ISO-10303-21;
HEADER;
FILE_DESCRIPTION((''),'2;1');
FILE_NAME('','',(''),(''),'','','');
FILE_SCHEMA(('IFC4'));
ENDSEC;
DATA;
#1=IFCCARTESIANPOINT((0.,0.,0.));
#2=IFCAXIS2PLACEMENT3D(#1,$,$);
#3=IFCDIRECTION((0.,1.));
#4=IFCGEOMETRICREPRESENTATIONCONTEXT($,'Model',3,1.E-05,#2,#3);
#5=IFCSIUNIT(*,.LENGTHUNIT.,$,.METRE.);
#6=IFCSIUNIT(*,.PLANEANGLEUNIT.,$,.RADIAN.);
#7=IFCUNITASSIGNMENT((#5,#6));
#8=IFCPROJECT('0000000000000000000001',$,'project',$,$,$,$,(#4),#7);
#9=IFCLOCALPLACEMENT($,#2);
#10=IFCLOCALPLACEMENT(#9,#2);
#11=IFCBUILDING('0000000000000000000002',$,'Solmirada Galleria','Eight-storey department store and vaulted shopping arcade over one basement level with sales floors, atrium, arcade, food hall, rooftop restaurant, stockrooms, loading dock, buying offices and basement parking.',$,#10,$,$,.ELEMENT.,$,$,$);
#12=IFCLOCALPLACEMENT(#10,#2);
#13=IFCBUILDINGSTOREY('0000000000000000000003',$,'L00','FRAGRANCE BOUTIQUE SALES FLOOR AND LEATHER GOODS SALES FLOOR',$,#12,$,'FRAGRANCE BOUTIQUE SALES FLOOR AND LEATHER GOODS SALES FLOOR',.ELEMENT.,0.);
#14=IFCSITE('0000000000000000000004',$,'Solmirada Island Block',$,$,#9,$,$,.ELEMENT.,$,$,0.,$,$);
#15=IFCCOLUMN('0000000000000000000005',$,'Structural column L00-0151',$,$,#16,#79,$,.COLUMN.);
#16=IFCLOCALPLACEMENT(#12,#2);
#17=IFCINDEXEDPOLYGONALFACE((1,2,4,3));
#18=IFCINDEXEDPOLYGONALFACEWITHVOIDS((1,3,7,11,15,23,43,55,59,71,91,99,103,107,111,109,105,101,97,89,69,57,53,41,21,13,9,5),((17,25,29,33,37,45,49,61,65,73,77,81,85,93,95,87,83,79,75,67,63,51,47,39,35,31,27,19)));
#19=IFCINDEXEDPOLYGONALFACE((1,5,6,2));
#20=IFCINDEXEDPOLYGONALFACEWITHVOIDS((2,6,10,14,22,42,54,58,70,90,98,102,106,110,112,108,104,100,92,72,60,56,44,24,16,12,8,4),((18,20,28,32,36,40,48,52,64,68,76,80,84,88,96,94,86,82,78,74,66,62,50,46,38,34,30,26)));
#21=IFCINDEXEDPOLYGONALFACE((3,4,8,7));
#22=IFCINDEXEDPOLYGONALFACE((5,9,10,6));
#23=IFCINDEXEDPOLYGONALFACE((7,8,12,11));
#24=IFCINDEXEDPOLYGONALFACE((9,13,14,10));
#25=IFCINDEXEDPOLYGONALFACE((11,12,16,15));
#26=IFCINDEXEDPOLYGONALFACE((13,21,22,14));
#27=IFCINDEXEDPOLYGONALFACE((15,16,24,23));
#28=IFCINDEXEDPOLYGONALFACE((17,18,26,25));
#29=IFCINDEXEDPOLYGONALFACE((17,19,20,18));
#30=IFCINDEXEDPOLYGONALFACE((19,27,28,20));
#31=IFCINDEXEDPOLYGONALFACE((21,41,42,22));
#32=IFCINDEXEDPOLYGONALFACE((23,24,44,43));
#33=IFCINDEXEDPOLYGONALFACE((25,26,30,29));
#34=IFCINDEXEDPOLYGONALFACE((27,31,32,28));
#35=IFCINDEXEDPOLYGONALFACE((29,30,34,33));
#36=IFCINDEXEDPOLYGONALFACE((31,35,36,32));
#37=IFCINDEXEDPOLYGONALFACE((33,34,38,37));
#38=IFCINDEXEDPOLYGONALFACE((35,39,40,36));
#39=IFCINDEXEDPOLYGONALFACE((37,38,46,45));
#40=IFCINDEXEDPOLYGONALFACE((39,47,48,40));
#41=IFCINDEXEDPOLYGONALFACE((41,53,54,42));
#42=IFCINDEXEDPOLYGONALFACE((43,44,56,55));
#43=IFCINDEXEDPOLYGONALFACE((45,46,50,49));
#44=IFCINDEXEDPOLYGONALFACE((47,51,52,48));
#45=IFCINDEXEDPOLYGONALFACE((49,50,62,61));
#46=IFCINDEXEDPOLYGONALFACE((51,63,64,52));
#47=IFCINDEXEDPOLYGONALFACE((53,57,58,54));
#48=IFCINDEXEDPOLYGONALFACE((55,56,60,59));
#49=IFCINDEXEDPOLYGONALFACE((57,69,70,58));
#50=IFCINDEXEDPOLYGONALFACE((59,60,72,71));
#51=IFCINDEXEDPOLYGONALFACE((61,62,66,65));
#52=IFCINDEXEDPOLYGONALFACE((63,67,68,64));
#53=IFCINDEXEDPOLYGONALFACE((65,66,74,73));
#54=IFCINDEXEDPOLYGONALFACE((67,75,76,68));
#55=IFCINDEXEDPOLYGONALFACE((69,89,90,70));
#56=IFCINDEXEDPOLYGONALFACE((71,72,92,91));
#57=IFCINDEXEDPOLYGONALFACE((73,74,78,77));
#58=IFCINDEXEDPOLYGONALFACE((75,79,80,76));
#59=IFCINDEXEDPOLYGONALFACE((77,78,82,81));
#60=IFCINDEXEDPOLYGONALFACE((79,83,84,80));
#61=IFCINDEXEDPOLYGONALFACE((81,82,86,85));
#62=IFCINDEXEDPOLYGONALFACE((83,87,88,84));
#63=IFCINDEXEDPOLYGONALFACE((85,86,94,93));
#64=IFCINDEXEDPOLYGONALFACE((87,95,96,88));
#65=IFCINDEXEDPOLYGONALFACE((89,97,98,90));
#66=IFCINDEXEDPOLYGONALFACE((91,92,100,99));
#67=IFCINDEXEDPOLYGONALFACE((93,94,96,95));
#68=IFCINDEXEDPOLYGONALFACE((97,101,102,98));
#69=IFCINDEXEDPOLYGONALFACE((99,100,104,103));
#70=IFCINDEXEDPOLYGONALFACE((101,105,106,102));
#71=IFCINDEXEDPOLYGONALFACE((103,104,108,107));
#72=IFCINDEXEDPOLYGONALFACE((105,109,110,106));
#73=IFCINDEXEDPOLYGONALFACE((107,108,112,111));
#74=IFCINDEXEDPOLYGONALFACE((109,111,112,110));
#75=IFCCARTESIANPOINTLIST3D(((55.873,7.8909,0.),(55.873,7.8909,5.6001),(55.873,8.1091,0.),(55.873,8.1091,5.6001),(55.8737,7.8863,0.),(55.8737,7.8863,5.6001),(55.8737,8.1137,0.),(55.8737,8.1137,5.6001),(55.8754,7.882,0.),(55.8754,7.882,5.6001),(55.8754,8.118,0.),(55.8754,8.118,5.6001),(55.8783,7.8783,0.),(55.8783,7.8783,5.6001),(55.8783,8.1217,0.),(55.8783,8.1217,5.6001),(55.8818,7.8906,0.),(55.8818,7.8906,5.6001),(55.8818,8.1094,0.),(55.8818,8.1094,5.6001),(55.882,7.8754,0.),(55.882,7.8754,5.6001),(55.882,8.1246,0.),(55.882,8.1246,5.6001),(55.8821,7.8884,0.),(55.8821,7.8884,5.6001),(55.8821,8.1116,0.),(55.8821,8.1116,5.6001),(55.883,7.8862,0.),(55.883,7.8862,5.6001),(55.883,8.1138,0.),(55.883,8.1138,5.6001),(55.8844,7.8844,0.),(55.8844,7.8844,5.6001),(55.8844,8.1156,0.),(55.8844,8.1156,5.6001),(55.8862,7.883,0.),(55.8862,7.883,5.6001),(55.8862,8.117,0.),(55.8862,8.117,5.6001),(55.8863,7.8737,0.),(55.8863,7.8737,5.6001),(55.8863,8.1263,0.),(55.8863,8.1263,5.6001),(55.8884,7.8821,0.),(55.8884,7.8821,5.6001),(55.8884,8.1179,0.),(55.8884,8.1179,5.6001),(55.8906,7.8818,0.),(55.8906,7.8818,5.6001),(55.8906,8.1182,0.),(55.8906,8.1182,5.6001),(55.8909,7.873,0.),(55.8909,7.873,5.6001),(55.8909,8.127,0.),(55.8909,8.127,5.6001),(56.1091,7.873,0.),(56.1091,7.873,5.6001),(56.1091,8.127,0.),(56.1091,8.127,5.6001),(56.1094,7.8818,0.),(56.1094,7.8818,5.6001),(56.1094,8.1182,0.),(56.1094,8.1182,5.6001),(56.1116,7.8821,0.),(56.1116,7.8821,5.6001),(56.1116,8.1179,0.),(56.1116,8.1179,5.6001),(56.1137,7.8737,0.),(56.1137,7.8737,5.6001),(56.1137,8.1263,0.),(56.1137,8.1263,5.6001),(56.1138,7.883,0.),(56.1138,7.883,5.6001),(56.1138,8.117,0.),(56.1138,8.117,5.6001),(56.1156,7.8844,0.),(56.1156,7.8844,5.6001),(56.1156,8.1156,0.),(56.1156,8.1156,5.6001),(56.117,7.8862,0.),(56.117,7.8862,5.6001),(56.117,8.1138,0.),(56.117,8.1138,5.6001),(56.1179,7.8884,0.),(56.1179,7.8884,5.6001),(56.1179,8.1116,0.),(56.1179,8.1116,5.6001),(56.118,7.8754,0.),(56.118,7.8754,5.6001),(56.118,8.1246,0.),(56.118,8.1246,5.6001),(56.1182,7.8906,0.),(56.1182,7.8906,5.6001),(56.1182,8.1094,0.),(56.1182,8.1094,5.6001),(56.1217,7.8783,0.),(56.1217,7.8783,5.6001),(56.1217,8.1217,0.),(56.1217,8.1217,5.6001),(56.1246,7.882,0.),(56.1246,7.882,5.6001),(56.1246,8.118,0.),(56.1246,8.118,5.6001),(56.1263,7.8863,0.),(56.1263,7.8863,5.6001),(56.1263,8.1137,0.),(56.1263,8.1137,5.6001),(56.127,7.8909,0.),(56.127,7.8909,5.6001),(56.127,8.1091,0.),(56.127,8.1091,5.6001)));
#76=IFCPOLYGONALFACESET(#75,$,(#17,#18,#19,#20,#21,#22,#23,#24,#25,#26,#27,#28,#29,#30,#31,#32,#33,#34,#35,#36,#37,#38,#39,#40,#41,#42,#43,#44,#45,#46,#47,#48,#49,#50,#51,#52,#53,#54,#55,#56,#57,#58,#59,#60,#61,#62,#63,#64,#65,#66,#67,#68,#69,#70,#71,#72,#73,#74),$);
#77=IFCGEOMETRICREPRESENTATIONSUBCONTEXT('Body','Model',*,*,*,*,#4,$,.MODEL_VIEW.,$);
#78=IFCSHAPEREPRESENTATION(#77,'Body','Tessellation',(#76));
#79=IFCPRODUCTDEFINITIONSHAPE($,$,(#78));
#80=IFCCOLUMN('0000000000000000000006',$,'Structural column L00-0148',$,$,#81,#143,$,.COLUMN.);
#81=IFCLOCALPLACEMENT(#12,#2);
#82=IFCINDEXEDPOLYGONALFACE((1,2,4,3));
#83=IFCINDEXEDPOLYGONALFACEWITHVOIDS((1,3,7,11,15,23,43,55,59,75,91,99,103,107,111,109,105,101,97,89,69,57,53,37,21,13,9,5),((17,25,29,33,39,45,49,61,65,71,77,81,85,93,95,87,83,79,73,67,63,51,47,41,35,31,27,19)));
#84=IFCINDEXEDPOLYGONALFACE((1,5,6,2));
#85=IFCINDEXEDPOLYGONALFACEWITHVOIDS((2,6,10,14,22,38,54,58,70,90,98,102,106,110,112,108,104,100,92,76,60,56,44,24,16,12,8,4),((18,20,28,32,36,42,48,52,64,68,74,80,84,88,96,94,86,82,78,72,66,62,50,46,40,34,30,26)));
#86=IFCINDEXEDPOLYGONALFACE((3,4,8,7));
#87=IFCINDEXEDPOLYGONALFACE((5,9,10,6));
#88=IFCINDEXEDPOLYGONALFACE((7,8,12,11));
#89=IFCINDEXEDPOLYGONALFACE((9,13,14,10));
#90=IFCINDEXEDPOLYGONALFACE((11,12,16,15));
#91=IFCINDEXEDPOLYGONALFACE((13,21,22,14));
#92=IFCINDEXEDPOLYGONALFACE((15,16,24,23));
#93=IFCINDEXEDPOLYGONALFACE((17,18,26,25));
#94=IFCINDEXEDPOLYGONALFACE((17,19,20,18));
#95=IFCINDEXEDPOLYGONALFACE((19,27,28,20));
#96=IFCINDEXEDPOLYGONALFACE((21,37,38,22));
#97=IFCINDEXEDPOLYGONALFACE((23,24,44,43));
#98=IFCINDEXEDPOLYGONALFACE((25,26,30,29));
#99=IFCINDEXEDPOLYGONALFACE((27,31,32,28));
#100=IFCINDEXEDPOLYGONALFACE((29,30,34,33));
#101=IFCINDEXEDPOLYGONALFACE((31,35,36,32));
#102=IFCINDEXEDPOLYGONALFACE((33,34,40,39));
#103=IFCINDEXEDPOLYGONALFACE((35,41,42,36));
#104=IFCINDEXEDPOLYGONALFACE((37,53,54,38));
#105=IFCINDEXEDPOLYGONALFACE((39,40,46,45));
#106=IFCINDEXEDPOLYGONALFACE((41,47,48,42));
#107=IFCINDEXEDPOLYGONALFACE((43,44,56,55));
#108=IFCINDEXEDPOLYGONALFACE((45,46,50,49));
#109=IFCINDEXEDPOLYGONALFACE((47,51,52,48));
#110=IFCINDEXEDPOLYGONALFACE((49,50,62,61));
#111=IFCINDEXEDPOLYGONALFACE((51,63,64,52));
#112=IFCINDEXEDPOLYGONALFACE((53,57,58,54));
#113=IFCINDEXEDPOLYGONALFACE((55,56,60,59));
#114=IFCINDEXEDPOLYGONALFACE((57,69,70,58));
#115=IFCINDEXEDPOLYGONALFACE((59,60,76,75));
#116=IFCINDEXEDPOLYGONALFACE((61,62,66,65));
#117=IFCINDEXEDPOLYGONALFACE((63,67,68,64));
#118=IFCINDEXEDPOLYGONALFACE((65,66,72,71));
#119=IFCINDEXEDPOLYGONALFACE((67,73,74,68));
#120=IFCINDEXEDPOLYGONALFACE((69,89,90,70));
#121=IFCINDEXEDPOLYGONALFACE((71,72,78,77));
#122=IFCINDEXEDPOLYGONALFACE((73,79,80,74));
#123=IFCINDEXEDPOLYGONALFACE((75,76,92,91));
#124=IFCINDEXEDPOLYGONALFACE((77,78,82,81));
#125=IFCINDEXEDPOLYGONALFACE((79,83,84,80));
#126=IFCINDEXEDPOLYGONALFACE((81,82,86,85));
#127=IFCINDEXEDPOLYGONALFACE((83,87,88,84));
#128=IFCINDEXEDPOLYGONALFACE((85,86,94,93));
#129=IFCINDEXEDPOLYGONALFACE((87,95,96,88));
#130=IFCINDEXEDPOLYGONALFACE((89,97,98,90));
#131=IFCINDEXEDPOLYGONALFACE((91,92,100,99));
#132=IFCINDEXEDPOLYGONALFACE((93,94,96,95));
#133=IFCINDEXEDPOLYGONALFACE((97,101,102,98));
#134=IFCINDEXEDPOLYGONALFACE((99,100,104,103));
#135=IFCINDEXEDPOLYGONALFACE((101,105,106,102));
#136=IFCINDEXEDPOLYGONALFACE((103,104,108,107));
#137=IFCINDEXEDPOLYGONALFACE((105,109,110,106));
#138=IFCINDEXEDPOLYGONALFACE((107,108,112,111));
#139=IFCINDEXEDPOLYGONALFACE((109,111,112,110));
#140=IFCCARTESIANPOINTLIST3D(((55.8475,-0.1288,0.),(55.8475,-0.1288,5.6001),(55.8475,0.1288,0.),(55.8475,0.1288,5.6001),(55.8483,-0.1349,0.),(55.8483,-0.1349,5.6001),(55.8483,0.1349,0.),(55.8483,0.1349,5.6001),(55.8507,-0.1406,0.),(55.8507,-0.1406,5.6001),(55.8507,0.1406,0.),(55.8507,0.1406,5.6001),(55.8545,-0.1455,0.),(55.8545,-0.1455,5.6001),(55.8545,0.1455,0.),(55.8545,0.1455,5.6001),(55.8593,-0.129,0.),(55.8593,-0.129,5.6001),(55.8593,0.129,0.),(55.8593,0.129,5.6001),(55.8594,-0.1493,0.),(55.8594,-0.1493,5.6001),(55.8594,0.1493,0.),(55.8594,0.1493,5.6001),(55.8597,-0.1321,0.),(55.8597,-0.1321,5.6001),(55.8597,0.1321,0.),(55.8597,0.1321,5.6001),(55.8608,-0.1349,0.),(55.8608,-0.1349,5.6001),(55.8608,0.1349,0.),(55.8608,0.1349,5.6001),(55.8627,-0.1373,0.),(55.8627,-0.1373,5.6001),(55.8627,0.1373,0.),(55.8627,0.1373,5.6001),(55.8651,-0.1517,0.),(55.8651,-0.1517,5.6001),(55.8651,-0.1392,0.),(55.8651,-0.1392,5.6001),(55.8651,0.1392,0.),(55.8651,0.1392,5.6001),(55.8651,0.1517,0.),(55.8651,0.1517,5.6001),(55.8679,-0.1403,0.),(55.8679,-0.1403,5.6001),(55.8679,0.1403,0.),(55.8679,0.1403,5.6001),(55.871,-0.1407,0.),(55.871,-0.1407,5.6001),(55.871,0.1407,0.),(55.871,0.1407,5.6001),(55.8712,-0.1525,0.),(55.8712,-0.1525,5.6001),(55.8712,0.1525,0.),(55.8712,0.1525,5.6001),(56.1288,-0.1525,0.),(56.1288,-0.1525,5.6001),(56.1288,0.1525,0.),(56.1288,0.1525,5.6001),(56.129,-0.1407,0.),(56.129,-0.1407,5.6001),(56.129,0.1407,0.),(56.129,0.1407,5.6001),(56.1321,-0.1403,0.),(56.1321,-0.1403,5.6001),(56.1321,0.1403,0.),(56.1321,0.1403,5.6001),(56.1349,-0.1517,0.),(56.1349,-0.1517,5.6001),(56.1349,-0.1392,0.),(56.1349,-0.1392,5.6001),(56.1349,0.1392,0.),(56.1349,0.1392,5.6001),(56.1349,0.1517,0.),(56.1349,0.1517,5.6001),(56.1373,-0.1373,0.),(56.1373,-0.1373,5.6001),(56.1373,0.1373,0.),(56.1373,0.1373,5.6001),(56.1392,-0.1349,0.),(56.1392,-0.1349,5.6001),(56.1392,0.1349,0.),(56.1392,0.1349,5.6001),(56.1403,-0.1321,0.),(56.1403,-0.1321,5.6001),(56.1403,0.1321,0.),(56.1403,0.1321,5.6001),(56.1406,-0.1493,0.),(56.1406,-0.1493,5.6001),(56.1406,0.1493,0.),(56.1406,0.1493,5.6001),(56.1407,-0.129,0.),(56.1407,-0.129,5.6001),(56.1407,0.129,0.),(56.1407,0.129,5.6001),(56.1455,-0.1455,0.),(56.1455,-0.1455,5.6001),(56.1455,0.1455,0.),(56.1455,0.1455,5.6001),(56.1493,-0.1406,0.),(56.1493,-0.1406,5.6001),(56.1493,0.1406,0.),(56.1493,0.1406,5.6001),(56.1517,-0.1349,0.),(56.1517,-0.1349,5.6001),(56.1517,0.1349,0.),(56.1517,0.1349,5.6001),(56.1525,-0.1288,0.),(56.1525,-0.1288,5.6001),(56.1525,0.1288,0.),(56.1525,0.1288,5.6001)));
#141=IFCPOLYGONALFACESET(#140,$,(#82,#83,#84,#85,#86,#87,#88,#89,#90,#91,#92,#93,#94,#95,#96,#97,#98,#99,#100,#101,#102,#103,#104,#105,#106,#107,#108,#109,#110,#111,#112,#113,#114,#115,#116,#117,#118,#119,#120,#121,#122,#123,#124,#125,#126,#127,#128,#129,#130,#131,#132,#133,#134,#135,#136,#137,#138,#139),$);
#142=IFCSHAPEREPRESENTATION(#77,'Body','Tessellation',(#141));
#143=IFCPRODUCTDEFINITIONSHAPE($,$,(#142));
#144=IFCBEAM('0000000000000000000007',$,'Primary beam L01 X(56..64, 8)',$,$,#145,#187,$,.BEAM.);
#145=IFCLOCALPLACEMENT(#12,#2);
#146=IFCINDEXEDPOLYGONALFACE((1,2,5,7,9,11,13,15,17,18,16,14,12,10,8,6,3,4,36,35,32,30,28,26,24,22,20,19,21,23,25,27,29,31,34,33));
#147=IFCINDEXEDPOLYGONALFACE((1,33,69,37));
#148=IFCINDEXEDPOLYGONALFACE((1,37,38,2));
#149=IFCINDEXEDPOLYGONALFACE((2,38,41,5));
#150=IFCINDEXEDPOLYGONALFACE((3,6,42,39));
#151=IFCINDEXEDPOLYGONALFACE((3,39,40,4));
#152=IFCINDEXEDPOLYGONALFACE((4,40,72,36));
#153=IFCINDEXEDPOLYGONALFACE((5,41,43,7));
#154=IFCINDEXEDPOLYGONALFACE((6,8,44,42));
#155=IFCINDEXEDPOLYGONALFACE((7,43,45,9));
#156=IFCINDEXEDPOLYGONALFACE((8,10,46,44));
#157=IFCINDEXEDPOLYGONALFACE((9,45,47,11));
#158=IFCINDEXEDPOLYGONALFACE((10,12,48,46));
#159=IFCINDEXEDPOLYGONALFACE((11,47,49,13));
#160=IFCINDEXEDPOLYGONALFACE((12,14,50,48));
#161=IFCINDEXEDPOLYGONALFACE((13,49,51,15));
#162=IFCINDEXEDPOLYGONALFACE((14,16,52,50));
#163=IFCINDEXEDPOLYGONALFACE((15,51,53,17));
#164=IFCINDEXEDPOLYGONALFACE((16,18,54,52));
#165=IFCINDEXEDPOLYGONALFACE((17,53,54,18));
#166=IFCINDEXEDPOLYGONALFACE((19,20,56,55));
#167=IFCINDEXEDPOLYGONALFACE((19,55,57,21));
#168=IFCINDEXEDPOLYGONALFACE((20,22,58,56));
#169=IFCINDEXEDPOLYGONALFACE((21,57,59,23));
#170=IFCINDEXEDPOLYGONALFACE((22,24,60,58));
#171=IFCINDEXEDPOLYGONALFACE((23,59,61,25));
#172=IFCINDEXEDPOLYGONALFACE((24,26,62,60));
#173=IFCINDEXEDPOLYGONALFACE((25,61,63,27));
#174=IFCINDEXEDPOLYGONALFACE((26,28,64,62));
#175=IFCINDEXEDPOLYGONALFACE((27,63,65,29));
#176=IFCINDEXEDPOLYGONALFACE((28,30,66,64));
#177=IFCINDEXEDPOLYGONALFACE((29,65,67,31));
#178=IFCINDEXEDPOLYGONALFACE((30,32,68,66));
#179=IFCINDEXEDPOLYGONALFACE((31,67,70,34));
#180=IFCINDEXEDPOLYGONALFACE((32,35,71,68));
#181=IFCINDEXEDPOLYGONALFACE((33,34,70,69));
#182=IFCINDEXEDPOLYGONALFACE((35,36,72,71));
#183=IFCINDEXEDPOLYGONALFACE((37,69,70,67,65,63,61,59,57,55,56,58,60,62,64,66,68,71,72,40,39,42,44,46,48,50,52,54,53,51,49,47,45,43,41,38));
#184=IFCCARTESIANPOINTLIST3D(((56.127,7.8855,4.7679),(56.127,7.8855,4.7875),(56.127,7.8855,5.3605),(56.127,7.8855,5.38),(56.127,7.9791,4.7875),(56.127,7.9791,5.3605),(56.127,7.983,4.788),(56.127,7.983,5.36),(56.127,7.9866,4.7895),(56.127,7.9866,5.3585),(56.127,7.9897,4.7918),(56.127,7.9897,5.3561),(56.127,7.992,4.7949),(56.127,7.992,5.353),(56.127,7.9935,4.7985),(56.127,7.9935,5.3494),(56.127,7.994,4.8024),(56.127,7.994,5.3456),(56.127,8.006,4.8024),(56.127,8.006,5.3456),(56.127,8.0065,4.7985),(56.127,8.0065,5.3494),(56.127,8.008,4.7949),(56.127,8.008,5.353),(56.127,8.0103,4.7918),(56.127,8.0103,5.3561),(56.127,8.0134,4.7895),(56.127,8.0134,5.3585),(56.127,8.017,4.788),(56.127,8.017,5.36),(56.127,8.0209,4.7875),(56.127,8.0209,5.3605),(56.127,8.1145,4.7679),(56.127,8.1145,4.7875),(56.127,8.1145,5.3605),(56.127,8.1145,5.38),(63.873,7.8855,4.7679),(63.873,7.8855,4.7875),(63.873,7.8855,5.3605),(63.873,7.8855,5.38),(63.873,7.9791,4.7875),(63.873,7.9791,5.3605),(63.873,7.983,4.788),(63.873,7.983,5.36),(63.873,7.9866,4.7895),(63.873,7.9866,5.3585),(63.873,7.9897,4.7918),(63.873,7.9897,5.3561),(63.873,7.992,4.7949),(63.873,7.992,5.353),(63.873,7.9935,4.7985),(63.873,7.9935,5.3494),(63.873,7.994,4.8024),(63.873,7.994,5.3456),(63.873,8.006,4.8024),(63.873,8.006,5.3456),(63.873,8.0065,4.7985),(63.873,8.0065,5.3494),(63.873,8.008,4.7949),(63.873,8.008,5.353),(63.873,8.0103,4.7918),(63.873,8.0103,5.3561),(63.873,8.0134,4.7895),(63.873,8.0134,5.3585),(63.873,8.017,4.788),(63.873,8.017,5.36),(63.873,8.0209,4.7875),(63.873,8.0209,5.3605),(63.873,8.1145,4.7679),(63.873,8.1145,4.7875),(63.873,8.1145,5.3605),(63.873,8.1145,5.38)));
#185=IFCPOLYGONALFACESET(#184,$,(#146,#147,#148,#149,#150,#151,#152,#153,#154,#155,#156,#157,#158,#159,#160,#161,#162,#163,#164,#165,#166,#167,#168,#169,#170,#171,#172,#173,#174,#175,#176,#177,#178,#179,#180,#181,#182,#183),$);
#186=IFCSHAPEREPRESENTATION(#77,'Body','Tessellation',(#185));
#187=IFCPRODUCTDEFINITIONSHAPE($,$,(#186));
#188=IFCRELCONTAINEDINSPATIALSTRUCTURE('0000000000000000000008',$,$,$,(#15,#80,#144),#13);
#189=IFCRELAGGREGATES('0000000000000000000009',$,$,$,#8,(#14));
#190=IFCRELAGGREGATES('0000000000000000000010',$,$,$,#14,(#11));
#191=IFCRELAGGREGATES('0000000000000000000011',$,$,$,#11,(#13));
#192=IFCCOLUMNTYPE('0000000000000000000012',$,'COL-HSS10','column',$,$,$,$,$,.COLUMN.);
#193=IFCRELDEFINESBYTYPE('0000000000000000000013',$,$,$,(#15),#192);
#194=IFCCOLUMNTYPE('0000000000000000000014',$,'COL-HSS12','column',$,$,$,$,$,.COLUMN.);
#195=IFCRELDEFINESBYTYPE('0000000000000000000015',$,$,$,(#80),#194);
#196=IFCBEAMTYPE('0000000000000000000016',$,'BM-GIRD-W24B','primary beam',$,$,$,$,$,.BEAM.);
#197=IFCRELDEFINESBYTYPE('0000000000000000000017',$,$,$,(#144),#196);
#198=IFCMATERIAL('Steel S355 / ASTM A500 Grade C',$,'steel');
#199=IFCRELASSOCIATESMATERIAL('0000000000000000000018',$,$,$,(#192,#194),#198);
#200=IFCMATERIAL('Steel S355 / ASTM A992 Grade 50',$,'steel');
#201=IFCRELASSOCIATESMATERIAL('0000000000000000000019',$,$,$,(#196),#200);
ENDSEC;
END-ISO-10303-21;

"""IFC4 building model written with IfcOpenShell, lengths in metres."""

from ifc_helpers import new_model, si_unit, direction, frame, origin, origin_2d, place, context, subcontext, project, spatial, hollow_rectangle, i_section, extrude, material, material_profile, profile_set, type_object, element, save


model = new_model("IFC4")

# Units and contexts
model_context = context("Model", 3, precision=1e-05, world=origin(), true_north=direction((0.0, 1.0)))
body_context = subcontext(model_context, "Body", "Model", "MODEL_VIEW")
ifc_project = project(units=[si_unit("LENGTHUNIT", "METRE"), si_unit("PLANEANGLEUNIT", "RADIAN")], contexts=[model_context])

# Site, building, storey
site_placement = place(None, origin())
site = spatial("IfcSite", under=ifc_project, at=site_placement, Name="Solmirada Island Block", CompositionType="ELEMENT", RefElevation=0.0)
building_placement = place(site_placement, origin())
building = spatial("IfcBuilding", under=site, at=building_placement, Name="Solmirada Galleria", Description="Eight-storey department store and vaulted shopping arcade over one basement level with sales floors, atrium, arcade, food hall, rooftop restaurant, stockrooms, loading dock, buying offices and basement parking.", CompositionType="ELEMENT")
storey_placement = place(building_placement, origin())
storey = spatial("IfcBuildingStorey", under=building, at=storey_placement, Name="L00", Description="FRAGRANCE BOUTIQUE SALES FLOOR AND LEATHER GOODS SALES FLOOR", LongName="FRAGRANCE BOUTIQUE SALES FLOOR AND LEATHER GOODS SALES FLOOR", CompositionType="ELEMENT", Elevation=0.0)

# Columns
ifc_material_1 = material(Name="Steel S355 / ASTM A500 Grade C", Category="steel")
ifc_material_profile_1 = material_profile(ifc_material_1, hollow_rectangle(XDim=0.2539, YDim=0.2539, WallThickness=0.0088, InnerFilletRadius=0.0088, OuterFilletRadius=0.0178, at=origin_2d()), Name="HSS10X10X3/8")
ifc_profile_set_1 = profile_set([ifc_material_profile_1], Name="Steel S355 / ASTM A500 Grade C")
column_type_1 = type_object("IfcColumnType", Name="COL-HSS10", Description="column", PredefinedType="COLUMN", material=ifc_profile_set_1)
column_1_placement = place(storey_placement, frame((56.0, 8.0, 0.0), z_axis=(0.0, 0.0, 1.0), x_axis=(1.0, 0.0, 0.0)))
element("IfcColumn", 1, at=column_1_placement, inside=storey, type_object=column_type_1, Name="Structural column L00-0151", PredefinedType="COLUMN", context=body_context, shape_type="SweptSolid", body=[
    extrude(hollow_rectangle(XDim=0.2539, YDim=0.2539, WallThickness=0.0088, InnerFilletRadius=0.0088, OuterFilletRadius=0.0178, at=origin_2d()), origin(), (0.0, 0.0, 1.0), 5.6001),
])
ifc_material_profile_2 = material_profile(ifc_material_1, hollow_rectangle(XDim=0.3049, YDim=0.3049, WallThickness=0.0117, InnerFilletRadius=0.0117, OuterFilletRadius=0.0237, at=origin_2d()), Name="HSS12X12X1/2")
ifc_profile_set_2 = profile_set([ifc_material_profile_2], Name="Steel S355 / ASTM A500 Grade C")
column_type_2 = type_object("IfcColumnType", Name="COL-HSS12", Description="column", PredefinedType="COLUMN", material=ifc_profile_set_2)
column_2_placement = place(storey_placement, frame((56.0, 0.0, 0.0), z_axis=(0.0, 0.0, 1.0), x_axis=(1.0, 0.0, 0.0)))
element("IfcColumn", 2, at=column_2_placement, inside=storey, type_object=column_type_2, Name="Structural column L00-0148", PredefinedType="COLUMN", context=body_context, shape_type="SweptSolid", body=[
    extrude(hollow_rectangle(XDim=0.3049, YDim=0.3049, WallThickness=0.0117, InnerFilletRadius=0.0117, OuterFilletRadius=0.0237, at=origin_2d()), origin(), (0.0, 0.0, 1.0), 5.6001),
])

# Beam
ifc_material_2 = material(Name="Steel S355 / ASTM A992 Grade 50", Category="steel")
ifc_material_profile_3 = material_profile(ifc_material_2, i_section(OverallWidth=0.229, OverallDepth=0.6121, WebThickness=0.012, FlangeThickness=0.0195, FilletRadius=0.0149, at=origin_2d()), Name="W24X84")
ifc_profile_set_3 = profile_set([ifc_material_profile_3], Name="Steel S355 / ASTM A992 Grade 50")
beam_type_1 = type_object("IfcBeamType", Name="BM-GIRD-W24B", Description="primary beam", PredefinedType="BEAM", material=ifc_profile_set_3)
beam_1_placement = place(storey_placement, frame((56.127, 8.0, 5.074), z_axis=(1.0, 0.0, 0.0), x_axis=(0.0, 1.0, 0.0)))
element("IfcBeam", 3, at=beam_1_placement, inside=storey, type_object=beam_type_1, Name="Primary beam L01 X(56..64, 8)", PredefinedType="BEAM", context=body_context, shape_type="SweptSolid", body=[
    extrude(i_section(OverallWidth=0.229, OverallDepth=0.6121, WebThickness=0.012, FlangeThickness=0.0195, FilletRadius=0.0149, at=origin_2d()), origin(), (0.0, 0.0, 1.0), 7.7461),
])

save(model, "model.ifc")
